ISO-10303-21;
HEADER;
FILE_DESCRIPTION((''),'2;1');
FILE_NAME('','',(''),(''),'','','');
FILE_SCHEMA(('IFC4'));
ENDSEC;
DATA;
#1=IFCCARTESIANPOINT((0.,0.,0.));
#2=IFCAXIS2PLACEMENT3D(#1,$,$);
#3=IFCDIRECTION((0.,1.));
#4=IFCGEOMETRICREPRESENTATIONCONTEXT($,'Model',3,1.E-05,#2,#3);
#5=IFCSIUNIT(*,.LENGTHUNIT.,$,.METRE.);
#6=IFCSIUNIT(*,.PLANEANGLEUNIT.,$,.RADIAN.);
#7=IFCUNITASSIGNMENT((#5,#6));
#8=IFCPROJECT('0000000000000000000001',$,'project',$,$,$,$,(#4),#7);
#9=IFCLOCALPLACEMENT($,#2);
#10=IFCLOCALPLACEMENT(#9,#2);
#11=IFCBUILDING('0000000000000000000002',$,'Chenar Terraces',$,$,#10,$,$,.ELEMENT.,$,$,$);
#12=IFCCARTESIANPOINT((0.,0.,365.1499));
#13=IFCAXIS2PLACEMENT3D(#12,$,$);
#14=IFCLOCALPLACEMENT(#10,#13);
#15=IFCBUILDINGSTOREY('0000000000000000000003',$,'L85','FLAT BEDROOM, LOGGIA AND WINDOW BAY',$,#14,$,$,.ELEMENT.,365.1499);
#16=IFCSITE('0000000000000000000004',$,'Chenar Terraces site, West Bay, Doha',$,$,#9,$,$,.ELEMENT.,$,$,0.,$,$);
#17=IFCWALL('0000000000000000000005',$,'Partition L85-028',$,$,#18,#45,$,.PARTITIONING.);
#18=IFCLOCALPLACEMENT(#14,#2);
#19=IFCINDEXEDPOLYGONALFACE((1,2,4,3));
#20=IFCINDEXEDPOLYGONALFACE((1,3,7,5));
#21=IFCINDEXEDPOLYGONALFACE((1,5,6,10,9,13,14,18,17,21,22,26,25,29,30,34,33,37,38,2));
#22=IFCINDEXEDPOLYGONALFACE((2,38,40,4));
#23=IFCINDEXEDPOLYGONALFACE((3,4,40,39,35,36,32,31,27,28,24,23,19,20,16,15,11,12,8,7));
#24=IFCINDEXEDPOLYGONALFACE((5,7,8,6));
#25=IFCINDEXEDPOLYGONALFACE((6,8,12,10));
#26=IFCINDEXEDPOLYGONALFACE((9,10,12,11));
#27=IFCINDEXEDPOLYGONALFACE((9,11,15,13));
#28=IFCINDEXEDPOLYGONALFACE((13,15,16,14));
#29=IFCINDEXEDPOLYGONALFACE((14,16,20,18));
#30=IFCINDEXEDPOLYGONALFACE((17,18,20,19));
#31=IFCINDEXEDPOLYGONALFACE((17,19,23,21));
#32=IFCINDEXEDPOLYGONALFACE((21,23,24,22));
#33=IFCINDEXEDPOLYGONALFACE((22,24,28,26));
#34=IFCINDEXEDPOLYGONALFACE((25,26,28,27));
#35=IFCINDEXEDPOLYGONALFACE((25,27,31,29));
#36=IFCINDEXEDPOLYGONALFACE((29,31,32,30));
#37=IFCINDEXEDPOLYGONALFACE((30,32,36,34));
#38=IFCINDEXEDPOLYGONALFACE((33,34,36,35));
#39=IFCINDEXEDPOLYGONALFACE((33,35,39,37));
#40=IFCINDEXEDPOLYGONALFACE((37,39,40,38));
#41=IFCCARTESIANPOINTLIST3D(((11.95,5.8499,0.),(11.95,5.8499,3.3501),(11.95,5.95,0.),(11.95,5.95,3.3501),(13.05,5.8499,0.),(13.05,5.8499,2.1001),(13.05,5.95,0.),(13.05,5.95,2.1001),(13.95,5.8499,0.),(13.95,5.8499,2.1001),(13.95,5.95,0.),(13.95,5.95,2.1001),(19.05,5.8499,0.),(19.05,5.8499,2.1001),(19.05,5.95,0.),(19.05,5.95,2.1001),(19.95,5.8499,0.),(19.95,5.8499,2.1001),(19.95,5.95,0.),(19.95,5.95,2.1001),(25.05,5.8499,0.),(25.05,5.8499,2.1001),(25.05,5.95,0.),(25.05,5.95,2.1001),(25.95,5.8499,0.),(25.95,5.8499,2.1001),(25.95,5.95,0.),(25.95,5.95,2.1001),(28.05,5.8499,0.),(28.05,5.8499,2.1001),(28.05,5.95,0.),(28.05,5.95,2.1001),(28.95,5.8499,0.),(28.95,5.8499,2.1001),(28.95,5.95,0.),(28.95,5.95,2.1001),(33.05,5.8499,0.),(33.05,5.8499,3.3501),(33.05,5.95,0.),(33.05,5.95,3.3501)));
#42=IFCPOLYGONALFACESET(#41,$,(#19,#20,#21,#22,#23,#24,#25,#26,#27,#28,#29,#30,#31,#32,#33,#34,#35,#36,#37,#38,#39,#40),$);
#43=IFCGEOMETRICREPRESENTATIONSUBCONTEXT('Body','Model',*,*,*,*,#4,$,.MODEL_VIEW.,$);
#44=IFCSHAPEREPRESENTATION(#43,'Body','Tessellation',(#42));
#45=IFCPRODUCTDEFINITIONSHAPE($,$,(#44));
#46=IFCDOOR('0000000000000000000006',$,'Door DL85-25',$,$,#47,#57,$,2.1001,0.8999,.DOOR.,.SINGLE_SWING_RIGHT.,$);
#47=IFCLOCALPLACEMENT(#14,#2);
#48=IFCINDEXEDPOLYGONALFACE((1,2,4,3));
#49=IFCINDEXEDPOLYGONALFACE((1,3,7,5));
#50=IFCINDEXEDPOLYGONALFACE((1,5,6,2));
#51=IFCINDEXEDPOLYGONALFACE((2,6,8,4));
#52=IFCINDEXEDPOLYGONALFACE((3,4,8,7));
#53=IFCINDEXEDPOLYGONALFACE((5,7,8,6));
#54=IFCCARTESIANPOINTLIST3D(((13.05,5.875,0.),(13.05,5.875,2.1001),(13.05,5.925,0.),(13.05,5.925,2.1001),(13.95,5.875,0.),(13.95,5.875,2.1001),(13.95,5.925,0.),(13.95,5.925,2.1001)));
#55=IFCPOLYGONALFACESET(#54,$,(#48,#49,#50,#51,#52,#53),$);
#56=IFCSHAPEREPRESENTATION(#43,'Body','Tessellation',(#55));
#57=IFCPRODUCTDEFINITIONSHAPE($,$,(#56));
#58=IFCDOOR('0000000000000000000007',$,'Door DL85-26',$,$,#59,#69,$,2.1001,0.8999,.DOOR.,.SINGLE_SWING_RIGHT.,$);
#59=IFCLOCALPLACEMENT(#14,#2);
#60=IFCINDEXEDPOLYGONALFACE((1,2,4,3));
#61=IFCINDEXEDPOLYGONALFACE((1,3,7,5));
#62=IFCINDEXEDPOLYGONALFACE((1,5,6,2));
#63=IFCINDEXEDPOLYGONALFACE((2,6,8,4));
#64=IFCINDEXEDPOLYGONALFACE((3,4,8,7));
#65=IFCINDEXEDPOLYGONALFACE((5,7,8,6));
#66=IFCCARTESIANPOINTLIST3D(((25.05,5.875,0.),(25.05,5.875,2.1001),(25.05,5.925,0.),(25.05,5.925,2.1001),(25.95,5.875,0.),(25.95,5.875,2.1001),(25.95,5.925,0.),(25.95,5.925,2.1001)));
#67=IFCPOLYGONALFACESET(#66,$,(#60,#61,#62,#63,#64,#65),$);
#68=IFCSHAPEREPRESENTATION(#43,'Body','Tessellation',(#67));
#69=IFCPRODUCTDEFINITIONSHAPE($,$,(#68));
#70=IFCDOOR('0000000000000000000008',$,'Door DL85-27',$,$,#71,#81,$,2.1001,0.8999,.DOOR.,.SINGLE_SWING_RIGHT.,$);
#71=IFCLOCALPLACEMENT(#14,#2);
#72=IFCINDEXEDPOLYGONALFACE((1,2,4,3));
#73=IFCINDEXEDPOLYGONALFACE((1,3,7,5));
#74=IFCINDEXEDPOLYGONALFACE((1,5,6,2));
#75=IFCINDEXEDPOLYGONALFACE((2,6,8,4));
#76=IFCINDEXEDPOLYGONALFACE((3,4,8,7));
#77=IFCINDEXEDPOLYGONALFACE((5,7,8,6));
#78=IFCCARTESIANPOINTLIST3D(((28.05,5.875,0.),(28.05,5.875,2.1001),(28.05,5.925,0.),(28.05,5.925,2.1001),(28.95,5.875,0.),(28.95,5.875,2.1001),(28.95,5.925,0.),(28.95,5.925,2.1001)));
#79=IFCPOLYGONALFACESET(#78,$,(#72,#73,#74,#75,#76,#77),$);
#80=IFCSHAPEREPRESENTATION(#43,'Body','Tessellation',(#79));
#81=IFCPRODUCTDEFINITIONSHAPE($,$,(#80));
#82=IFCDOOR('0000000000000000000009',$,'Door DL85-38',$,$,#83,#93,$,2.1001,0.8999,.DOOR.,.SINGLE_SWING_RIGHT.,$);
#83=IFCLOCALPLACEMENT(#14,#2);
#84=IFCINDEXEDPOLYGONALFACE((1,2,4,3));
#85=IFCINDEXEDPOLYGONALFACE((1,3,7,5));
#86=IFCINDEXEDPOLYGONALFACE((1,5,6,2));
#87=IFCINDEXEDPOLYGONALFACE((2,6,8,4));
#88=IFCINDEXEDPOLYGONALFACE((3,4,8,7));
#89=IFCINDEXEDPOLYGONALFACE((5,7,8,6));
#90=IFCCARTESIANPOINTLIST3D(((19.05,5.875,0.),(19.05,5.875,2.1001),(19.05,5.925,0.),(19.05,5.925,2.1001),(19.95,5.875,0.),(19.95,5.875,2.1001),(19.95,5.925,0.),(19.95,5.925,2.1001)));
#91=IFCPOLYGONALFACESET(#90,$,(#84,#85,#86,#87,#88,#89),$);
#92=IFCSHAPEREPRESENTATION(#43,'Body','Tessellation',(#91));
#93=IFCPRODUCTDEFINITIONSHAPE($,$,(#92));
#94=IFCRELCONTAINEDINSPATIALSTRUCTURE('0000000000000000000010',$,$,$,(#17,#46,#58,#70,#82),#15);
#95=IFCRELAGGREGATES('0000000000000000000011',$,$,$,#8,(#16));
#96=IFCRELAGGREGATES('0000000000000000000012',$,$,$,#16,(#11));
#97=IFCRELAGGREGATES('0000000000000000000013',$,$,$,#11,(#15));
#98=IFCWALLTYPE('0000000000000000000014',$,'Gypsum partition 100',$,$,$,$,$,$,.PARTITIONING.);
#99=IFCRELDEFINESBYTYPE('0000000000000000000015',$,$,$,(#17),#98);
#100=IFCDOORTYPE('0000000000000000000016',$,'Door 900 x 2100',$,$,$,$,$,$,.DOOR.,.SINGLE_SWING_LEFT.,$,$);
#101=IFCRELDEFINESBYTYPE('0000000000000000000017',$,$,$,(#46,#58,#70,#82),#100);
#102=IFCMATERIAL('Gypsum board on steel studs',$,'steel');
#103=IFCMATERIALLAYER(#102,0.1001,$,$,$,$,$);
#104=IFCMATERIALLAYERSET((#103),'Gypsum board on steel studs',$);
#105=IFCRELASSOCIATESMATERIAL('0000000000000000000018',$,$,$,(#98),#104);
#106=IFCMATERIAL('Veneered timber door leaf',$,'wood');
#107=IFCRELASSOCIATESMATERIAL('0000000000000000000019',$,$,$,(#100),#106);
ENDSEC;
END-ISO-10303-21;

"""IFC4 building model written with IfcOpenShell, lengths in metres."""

from ifc_helpers import new_model, si_unit, direction, frame, frame_2d, origin, place, context, subcontext, project, spatial, rectangle, extrude, material, layer, layer_set, type_object, element, fill, save


model = new_model("IFC4")

# Units and contexts
model_context = context("Model", 3, precision=1e-05, world=origin(), true_north=direction((0.0, 1.0)))
body_context = subcontext(model_context, "Body", "Model", "MODEL_VIEW")
ifc_project = project(units=[si_unit("LENGTHUNIT", "METRE"), si_unit("PLANEANGLEUNIT", "RADIAN")], contexts=[model_context])

# Site, building, storey
site_placement = place(None, origin())
site = spatial("IfcSite", under=ifc_project, at=site_placement, Name="Chenar Terraces site, West Bay, Doha", CompositionType="ELEMENT", RefElevation=0.0)
building_placement = place(site_placement, origin())
building = spatial("IfcBuilding", under=site, at=building_placement, Name="Chenar Terraces", CompositionType="ELEMENT")
storey_placement = place(building_placement, frame((0.0, 0.0, 365.1499)))
storey = spatial("IfcBuildingStorey", under=building, at=storey_placement, Name="L85", Description="FLAT BEDROOM, LOGGIA AND WINDOW BAY", CompositionType="ELEMENT", Elevation=365.1499)

# Shared definitions
ifc_material_1 = material(Name="Gypsum board on steel studs", Category="steel")
ifc_layer_1 = layer(ifc_material_1, 0.1001)
ifc_layer_set_1 = layer_set([ifc_layer_1], Name="Gypsum board on steel studs")
wall_type_1 = type_object("IfcWallType", Name="Gypsum partition 100", PredefinedType="PARTITIONING", material=ifc_layer_set_1)

# Wall, openings, doors
wall_1_placement = place(storey_placement, frame((11.95, 5.8999, 0.0), z_axis=(0.0, 0.0, 1.0), x_axis=(1.0, 0.0, 0.0)))
wall_1 = element("IfcWall", 1, at=wall_1_placement, inside=storey, type_object=wall_type_1, Name="Partition L85-028", PredefinedType="PARTITIONING", context=body_context, shape_type="SweptSolid", body=[
    extrude(rectangle(XDim=21.1001, YDim=0.1001, at=frame_2d((10.55, 0.0))), origin(), (0.0, 0.0, 1.0), 3.3501),
])
opening_1_placement = place(wall_1_placement, frame((1.1001, 0.0, 0.0)))
opening_1 = element("IfcOpeningElement", 2, at=opening_1_placement, cuts=wall_1, PredefinedType="OPENING", context=body_context, shape_type="SweptSolid", body=[
    extrude(rectangle(XDim=0.8999, YDim=2.1001, at=frame_2d((0.45, 1.05))), frame((0.0, 0.0601, 0.0), z_axis=(0.0, -1.0, 0.0), x_axis=(1.0, 0.0, 0.0)), (0.0, 0.0, 1.0), 0.1201),
])
opening_2_placement = place(wall_1_placement, frame((13.1001, 0.0, 0.0)))
opening_2 = element("IfcOpeningElement", 3, at=opening_2_placement, cuts=wall_1, PredefinedType="OPENING", context=body_context, shape_type="SweptSolid", body=[
    extrude(rectangle(XDim=0.8999, YDim=2.1001, at=frame_2d((0.45, 1.05))), frame((0.0, 0.0601, 0.0), z_axis=(0.0, -1.0, 0.0), x_axis=(1.0, 0.0, 0.0)), (0.0, 0.0, 1.0), 0.1201),
])
opening_3_placement = place(wall_1_placement, frame((16.1001, 0.0, 0.0)))
opening_3 = element("IfcOpeningElement", 4, at=opening_3_placement, cuts=wall_1, PredefinedType="OPENING", context=body_context, shape_type="SweptSolid", body=[
    extrude(rectangle(XDim=0.8999, YDim=2.1001, at=frame_2d((0.45, 1.05))), frame((0.0, 0.0601, 0.0), z_axis=(0.0, -1.0, 0.0), x_axis=(1.0, 0.0, 0.0)), (0.0, 0.0, 1.0), 0.1201),
])
opening_4_placement = place(wall_1_placement, frame((7.1001, 0.0, 0.0)))
opening_4 = element("IfcOpeningElement", 5, at=opening_4_placement, cuts=wall_1, PredefinedType="OPENING", context=body_context, shape_type="SweptSolid", body=[
    extrude(rectangle(XDim=0.8999, YDim=2.1001, at=frame_2d((0.45, 1.05))), frame((0.0, 0.0601, 0.0), z_axis=(0.0, -1.0, 0.0), x_axis=(1.0, 0.0, 0.0)), (0.0, 0.0, 1.0), 0.1201),
])
ifc_material_2 = material(Name="Veneered timber door leaf", Category="wood")
door_type_1 = type_object("IfcDoorType", Name="Door 900 x 2100", OperationType="SINGLE_SWING_LEFT", PredefinedType="DOOR", material=ifc_material_2)
door_1_placement = place(opening_1_placement, frame((0.8999, 0.0, 0.0), z_axis=(0.0, 0.0, 1.0), x_axis=(-1.0, 0.0, 0.0)))
door_1 = element("IfcDoor", 6, at=door_1_placement, inside=storey, type_object=door_type_1, Name="Door DL85-25", OperationType="SINGLE_SWING_RIGHT", OverallHeight=2.1001, OverallWidth=0.8999, PredefinedType="DOOR", context=body_context, shape_type="SweptSolid", body=[
    extrude(rectangle(XDim=0.8999, YDim=2.1001, at=frame_2d((0.45, 1.05))), frame((0.0, 0.0249, 0.0), z_axis=(0.0, -1.0, 0.0), x_axis=(1.0, 0.0, 0.0)), (0.0, 0.0, 1.0), 0.05),
])
fill(opening_1, door_1)
door_2_placement = place(opening_2_placement, frame((0.8999, 0.0, 0.0), z_axis=(0.0, 0.0, 1.0), x_axis=(-1.0, 0.0, 0.0)))
door_2 = element("IfcDoor", 7, at=door_2_placement, inside=storey, type_object=door_type_1, Name="Door DL85-26", OperationType="SINGLE_SWING_RIGHT", OverallHeight=2.1001, OverallWidth=0.8999, PredefinedType="DOOR", context=body_context, shape_type="SweptSolid", body=[
    extrude(rectangle(XDim=0.8999, YDim=2.1001, at=frame_2d((0.45, 1.05))), frame((0.0, 0.0249, 0.0), z_axis=(0.0, -1.0, 0.0), x_axis=(1.0, 0.0, 0.0)), (0.0, 0.0, 1.0), 0.05),
])
fill(opening_2, door_2)
door_3_placement = place(opening_3_placement, frame((0.8999, 0.0, 0.0), z_axis=(0.0, 0.0, 1.0), x_axis=(-1.0, 0.0, 0.0)))
door_3 = element("IfcDoor", 8, at=door_3_placement, inside=storey, type_object=door_type_1, Name="Door DL85-27", OperationType="SINGLE_SWING_RIGHT", OverallHeight=2.1001, OverallWidth=0.8999, PredefinedType="DOOR", context=body_context, shape_type="SweptSolid", body=[
    extrude(rectangle(XDim=0.8999, YDim=2.1001, at=frame_2d((0.45, 1.05))), frame((0.0, 0.0249, 0.0), z_axis=(0.0, -1.0, 0.0), x_axis=(1.0, 0.0, 0.0)), (0.0, 0.0, 1.0), 0.05),
])
fill(opening_3, door_3)
door_4_placement = place(opening_4_placement, frame((0.8999, 0.0, 0.0), z_axis=(0.0, 0.0, 1.0), x_axis=(-1.0, 0.0, 0.0)))
door_4 = element("IfcDoor", 9, at=door_4_placement, inside=storey, type_object=door_type_1, Name="Door DL85-38", OperationType="SINGLE_SWING_RIGHT", OverallHeight=2.1001, OverallWidth=0.8999, PredefinedType="DOOR", context=body_context, shape_type="SweptSolid", body=[
    extrude(rectangle(XDim=0.8999, YDim=2.1001, at=frame_2d((0.45, 1.05))), frame((0.0, 0.0249, 0.0), z_axis=(0.0, -1.0, 0.0), x_axis=(1.0, 0.0, 0.0)), (0.0, 0.0, 1.0), 0.05),
])
fill(opening_4, door_4)

save(model, "model.ifc")
